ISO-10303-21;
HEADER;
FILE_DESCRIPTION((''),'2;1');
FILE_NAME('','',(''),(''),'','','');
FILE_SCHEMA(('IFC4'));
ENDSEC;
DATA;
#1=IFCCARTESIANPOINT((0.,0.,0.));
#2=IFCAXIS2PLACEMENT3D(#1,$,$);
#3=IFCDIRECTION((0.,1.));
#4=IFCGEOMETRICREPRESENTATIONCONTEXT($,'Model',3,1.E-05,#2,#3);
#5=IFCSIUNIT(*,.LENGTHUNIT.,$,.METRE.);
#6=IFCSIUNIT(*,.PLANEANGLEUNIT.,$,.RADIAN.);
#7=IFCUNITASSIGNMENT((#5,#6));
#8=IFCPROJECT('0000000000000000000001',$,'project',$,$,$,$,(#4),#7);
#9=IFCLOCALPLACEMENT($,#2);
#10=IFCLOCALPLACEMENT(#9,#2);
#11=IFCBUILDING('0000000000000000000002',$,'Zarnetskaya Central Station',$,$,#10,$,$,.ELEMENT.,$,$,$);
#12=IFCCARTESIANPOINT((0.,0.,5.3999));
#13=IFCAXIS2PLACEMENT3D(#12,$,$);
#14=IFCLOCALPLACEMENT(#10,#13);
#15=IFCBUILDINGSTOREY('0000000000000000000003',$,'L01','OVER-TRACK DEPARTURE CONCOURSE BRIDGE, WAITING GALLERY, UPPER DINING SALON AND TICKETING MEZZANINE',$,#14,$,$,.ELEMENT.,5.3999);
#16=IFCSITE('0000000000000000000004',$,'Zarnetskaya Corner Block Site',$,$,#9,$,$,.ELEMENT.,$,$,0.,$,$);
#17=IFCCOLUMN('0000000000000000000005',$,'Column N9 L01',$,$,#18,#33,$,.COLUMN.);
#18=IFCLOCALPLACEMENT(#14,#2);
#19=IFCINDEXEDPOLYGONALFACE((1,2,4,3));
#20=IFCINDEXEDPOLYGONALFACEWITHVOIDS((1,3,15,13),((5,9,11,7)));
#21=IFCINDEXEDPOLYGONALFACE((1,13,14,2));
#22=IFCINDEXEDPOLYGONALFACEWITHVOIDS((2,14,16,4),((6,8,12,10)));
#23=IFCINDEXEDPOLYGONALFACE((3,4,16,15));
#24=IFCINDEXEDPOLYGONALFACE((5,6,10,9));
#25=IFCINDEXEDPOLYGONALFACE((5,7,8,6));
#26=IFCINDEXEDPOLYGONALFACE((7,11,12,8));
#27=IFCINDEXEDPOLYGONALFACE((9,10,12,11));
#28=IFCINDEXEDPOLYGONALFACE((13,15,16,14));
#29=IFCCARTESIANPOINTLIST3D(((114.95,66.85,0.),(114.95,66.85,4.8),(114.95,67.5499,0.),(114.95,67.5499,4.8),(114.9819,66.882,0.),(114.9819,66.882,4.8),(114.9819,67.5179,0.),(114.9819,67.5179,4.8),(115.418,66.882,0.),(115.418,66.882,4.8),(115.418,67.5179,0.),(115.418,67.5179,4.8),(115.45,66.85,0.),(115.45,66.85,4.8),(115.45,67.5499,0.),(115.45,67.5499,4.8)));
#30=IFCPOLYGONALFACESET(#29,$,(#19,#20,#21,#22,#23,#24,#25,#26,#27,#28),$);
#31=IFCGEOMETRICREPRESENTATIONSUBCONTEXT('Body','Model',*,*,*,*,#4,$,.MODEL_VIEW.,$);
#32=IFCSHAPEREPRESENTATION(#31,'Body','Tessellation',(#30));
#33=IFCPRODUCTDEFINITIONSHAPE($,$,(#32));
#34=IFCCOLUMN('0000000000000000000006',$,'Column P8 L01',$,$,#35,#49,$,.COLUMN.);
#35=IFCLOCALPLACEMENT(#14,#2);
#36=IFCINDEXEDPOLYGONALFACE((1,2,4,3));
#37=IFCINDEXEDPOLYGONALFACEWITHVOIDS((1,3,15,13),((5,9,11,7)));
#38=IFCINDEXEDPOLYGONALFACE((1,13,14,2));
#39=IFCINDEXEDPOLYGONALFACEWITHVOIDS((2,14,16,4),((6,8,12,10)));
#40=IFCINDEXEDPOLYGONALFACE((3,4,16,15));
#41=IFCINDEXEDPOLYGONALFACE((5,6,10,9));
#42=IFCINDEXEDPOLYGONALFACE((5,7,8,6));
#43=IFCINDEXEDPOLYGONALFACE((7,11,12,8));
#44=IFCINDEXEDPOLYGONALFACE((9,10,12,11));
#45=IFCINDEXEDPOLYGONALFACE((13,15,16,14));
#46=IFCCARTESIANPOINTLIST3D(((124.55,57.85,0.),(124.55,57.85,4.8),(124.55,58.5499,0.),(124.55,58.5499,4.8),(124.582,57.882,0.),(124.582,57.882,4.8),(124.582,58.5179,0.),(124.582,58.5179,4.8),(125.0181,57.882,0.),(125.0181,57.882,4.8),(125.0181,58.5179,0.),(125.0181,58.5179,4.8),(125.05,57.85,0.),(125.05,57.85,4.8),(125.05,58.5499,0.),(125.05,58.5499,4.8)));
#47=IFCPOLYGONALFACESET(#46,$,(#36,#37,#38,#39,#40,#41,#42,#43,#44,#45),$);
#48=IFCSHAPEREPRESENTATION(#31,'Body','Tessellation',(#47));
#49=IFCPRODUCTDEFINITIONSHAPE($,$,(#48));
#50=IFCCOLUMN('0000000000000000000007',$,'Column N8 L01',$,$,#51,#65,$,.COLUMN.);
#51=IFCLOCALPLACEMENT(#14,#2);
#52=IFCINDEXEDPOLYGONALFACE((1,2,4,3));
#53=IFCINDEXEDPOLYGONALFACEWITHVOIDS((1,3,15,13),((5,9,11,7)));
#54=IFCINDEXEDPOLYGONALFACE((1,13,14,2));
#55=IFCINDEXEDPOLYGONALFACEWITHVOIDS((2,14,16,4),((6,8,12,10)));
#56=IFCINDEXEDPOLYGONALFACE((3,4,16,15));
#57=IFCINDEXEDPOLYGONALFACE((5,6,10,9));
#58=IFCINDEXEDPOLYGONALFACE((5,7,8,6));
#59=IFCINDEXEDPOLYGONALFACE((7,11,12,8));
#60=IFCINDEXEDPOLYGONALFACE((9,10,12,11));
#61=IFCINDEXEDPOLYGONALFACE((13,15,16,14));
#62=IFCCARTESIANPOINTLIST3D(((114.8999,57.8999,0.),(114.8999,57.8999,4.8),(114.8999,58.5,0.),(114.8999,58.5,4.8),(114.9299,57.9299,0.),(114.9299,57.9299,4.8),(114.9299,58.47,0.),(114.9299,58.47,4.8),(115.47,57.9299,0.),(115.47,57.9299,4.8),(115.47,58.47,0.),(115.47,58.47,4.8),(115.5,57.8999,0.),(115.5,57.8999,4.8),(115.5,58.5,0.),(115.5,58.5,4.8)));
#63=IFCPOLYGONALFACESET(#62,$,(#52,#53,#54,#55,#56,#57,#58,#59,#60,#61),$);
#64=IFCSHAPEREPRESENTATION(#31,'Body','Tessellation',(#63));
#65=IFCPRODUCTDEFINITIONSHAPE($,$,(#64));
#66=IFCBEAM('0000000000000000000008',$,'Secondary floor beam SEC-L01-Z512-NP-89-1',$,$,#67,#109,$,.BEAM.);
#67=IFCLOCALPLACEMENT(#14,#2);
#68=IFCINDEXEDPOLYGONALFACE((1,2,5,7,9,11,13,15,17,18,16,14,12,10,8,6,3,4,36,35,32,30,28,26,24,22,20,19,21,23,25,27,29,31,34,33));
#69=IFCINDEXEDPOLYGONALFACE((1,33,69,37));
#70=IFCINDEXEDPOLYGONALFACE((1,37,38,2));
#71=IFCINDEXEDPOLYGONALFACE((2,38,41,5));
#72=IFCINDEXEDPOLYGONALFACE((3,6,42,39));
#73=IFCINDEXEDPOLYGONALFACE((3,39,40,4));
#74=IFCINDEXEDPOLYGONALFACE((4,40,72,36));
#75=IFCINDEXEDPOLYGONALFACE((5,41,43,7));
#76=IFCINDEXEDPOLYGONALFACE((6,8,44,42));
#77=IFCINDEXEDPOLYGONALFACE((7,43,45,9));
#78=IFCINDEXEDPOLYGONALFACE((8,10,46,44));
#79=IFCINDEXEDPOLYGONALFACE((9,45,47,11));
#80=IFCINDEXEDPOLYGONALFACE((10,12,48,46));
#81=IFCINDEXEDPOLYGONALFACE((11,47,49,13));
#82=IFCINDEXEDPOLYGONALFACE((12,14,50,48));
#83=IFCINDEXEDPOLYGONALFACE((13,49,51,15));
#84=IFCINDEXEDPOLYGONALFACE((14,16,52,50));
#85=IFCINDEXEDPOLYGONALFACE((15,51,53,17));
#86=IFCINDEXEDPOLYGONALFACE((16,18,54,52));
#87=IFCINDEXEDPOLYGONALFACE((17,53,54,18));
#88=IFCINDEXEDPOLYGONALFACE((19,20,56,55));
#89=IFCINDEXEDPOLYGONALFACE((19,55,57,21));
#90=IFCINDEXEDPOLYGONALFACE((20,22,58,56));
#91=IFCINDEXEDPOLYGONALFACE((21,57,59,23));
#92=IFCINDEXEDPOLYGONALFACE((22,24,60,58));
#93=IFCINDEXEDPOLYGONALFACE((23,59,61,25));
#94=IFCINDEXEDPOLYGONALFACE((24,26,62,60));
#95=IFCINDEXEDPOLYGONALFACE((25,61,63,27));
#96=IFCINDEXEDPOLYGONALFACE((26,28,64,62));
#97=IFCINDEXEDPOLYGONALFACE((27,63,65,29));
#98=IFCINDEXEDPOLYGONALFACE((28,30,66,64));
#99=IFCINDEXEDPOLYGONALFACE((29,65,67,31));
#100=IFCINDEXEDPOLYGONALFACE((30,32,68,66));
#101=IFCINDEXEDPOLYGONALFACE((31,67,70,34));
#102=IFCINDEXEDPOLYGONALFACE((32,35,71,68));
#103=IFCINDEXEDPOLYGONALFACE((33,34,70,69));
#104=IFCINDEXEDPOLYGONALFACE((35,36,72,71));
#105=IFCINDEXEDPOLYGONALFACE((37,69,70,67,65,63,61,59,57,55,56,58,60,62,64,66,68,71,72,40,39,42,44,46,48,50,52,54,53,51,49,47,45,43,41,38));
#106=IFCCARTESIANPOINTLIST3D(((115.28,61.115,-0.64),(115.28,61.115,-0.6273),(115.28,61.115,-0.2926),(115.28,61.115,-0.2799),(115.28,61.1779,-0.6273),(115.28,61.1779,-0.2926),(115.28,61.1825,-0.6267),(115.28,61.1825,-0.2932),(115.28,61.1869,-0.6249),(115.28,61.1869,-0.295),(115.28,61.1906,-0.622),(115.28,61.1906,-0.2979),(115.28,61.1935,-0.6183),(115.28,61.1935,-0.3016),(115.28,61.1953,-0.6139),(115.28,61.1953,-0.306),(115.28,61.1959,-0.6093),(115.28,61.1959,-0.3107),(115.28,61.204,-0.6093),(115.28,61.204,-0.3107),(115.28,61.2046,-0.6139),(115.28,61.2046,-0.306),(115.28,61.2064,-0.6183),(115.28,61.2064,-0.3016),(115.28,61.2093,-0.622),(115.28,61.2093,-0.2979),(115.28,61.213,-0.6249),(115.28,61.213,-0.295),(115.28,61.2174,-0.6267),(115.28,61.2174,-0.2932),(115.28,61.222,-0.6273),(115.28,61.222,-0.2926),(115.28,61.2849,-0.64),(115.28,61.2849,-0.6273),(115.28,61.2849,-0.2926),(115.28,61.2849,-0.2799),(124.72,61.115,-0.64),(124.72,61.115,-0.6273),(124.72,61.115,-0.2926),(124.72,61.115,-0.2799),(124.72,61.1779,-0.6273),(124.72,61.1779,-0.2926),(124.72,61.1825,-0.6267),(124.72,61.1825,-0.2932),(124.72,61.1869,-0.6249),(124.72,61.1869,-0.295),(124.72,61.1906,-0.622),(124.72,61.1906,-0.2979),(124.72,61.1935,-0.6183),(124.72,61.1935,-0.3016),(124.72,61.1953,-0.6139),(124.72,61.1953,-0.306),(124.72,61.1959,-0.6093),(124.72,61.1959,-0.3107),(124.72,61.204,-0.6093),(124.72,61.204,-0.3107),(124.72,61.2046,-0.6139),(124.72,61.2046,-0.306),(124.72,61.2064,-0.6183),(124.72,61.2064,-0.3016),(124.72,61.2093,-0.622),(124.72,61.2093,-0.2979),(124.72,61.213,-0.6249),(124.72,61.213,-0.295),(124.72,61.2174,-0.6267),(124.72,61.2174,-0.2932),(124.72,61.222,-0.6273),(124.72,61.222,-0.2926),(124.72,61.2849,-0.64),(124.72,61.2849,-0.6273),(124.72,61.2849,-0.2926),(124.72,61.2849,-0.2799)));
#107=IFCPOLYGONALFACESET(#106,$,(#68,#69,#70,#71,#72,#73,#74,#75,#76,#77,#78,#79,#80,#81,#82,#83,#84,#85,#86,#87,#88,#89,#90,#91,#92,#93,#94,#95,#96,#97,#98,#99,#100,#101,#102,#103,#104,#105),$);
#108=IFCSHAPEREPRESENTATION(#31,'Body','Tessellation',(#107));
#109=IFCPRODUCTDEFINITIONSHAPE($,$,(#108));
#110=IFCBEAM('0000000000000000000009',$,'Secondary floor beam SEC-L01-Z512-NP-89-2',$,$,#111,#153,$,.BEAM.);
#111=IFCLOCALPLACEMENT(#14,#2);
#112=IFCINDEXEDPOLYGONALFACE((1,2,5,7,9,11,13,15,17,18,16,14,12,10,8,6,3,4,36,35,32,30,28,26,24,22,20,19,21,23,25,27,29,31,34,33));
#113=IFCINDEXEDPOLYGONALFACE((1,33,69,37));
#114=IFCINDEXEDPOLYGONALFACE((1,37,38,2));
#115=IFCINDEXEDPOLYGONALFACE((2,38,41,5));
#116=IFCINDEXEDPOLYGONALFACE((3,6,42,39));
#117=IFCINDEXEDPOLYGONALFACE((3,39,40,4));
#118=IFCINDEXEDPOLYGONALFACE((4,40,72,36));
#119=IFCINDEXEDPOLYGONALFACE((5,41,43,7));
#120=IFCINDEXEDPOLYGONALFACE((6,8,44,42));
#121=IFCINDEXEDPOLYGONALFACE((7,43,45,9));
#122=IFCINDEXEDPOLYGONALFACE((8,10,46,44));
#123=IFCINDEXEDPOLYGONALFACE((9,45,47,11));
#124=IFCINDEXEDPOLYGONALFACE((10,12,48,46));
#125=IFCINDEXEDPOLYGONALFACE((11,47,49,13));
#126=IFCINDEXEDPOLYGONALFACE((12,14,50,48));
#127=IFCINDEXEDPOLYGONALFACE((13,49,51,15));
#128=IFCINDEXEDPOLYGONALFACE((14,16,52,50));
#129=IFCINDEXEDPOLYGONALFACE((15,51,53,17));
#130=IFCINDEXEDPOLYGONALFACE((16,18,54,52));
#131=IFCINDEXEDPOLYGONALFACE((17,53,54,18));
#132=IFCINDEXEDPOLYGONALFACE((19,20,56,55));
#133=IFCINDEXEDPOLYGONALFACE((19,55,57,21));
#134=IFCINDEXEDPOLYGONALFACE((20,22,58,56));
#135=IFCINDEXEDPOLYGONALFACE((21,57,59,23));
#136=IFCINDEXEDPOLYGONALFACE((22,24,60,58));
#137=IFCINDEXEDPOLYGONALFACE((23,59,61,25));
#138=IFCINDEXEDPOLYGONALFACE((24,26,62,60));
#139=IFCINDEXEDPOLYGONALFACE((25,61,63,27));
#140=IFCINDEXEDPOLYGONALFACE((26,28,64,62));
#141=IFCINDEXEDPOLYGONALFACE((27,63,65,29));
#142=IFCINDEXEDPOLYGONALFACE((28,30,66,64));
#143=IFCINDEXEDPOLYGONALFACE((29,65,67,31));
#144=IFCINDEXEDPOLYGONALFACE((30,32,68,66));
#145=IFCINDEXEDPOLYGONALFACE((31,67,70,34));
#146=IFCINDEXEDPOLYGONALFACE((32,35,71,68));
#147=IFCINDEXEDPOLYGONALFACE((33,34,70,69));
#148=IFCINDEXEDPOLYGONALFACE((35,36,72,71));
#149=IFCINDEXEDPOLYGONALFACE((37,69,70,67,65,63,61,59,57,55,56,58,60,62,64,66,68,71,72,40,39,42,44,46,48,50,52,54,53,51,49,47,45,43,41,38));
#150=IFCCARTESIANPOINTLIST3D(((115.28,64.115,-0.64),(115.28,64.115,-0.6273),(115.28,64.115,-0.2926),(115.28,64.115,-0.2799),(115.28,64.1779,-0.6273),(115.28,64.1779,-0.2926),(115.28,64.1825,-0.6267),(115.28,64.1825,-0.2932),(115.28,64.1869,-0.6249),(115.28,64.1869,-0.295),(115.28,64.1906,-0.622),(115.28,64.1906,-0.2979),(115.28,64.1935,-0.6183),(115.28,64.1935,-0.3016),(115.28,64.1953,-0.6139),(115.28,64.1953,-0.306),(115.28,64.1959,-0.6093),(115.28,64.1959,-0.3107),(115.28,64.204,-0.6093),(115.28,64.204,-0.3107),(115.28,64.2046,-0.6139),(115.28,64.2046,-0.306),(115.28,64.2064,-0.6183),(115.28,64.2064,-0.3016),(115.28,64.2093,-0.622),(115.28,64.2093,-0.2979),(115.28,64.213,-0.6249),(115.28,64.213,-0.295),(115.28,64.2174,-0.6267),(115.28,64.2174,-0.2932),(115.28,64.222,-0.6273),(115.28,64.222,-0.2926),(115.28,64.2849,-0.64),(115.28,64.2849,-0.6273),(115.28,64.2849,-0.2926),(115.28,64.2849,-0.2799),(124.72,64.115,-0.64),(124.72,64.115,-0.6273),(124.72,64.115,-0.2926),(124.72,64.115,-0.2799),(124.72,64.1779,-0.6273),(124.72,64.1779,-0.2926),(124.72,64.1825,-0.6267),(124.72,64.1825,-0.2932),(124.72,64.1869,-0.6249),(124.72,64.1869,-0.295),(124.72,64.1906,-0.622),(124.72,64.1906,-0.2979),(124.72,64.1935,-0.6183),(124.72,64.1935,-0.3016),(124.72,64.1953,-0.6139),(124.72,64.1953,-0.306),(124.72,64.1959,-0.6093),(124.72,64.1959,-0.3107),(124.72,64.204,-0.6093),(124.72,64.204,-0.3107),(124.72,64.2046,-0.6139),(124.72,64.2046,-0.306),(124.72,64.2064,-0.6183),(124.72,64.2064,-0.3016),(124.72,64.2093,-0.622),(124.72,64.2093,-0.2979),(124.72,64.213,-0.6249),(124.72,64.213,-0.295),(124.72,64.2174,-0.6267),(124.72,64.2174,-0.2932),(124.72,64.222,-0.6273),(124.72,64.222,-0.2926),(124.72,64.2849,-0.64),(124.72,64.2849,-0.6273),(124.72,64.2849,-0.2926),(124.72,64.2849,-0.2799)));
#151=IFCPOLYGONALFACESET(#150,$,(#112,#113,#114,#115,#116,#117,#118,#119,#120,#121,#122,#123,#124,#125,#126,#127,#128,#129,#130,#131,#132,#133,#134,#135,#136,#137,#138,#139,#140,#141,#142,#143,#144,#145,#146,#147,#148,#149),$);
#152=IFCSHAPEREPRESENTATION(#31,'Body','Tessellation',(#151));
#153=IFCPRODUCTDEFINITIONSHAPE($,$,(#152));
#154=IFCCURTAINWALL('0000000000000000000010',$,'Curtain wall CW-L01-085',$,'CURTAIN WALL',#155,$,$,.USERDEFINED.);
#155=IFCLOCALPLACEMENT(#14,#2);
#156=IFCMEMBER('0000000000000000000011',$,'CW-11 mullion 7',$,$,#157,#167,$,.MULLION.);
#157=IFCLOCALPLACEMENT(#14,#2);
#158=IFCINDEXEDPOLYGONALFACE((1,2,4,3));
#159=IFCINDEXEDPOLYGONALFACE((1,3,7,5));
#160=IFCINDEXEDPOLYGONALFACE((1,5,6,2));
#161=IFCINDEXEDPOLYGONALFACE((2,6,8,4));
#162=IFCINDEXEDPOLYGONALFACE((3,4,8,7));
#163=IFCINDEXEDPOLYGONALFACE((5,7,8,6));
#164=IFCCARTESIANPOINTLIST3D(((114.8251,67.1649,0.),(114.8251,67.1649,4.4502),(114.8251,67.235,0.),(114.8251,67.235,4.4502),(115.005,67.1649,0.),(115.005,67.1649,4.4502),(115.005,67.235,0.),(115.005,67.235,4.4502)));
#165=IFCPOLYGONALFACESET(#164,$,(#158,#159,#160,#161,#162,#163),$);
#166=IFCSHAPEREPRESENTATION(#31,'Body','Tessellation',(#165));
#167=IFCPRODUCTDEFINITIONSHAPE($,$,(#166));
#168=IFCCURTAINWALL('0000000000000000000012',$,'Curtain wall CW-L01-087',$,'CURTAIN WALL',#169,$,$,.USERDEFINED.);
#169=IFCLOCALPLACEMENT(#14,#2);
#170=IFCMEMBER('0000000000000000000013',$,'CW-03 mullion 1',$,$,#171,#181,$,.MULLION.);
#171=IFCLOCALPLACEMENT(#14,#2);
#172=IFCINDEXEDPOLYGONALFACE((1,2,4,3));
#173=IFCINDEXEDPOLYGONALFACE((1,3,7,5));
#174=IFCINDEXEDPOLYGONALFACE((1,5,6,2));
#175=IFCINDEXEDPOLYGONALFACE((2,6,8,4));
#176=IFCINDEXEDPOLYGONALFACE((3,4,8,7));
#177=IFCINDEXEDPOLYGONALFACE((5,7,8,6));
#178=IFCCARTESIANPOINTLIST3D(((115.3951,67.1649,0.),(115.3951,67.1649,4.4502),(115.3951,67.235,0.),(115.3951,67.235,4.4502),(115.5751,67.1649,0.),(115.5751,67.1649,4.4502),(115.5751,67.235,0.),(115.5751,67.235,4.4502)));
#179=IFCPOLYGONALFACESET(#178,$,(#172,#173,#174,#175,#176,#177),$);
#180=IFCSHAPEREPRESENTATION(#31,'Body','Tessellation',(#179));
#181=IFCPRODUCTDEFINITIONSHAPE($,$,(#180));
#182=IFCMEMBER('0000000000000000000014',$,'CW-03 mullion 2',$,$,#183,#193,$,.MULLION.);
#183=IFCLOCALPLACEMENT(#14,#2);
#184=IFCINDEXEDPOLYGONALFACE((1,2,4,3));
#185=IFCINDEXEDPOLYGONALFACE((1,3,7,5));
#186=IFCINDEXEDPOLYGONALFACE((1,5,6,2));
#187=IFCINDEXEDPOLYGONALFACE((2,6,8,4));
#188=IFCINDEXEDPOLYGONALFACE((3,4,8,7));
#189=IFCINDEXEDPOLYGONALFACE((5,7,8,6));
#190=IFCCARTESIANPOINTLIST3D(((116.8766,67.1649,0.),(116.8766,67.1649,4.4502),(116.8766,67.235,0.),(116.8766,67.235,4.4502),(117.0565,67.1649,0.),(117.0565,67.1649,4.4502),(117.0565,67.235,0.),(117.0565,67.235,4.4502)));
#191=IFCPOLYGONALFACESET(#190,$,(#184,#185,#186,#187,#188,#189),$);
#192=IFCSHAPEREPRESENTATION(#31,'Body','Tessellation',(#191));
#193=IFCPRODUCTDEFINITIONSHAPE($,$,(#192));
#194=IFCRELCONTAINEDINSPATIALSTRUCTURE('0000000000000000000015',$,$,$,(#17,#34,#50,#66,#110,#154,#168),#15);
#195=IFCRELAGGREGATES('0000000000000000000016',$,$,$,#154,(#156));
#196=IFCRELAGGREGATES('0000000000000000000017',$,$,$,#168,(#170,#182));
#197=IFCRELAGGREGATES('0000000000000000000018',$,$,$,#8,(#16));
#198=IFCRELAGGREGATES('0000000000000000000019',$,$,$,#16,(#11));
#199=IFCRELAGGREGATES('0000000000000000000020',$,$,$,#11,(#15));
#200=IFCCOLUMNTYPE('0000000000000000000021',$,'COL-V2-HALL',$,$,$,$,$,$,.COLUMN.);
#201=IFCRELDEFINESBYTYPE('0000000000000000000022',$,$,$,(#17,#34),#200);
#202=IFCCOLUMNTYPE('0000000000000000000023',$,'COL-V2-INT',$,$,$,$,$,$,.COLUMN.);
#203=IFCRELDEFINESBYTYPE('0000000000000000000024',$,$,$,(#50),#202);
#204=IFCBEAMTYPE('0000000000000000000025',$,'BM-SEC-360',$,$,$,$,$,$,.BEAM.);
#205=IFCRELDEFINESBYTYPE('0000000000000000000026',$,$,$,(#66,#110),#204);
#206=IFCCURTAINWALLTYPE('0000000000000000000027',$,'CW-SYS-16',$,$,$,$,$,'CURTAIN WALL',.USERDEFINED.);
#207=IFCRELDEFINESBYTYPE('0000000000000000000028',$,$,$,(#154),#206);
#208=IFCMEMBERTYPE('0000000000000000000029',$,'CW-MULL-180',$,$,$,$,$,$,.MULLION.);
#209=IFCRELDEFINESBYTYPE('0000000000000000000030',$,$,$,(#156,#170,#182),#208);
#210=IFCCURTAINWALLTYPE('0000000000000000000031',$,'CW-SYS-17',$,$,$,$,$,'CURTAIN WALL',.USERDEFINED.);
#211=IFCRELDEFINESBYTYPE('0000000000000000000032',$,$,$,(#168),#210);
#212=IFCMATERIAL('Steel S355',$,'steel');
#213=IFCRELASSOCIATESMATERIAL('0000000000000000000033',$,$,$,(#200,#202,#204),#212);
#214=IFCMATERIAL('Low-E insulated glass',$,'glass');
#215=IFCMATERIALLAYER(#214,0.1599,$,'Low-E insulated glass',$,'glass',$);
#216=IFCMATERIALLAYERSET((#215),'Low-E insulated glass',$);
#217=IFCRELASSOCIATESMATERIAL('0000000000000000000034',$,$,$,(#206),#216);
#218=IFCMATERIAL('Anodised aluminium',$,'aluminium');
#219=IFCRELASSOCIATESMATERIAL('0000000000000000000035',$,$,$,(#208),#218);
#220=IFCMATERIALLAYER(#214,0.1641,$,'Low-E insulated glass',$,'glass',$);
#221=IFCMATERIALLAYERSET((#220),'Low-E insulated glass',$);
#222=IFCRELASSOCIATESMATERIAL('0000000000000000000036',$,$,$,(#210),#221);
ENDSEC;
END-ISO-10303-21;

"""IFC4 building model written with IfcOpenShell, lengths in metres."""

from ifc_helpers import new_model, si_unit, direction, frame, origin, origin_2d, place, context, subcontext, project, spatial, rectangle, hollow_rectangle, i_section, extrude, material, layer, layer_set, material_profile, profile_set, type_object, element, aggregate, save


model = new_model("IFC4")

# Units and contexts
model_context = context("Model", 3, precision=1e-05, world=origin(), true_north=direction((0.0, 1.0)))
body_context = subcontext(model_context, "Body", "Model", "MODEL_VIEW")
ifc_project = project(units=[si_unit("LENGTHUNIT", "METRE"), si_unit("PLANEANGLEUNIT", "RADIAN")], contexts=[model_context])

# Site, building, storey
site_placement = place(None, origin())
site = spatial("IfcSite", under=ifc_project, at=site_placement, Name="Zarnetskaya Corner Block Site", CompositionType="ELEMENT", RefElevation=0.0)
building_placement = place(site_placement, origin())
building = spatial("IfcBuilding", under=site, at=building_placement, Name="Zarnetskaya Central Station", CompositionType="ELEMENT")
storey_placement = place(building_placement, frame((0.0, 0.0, 5.3999)))
storey = spatial("IfcBuildingStorey", under=building, at=storey_placement, Name="L01", Description="OVER-TRACK DEPARTURE CONCOURSE BRIDGE, WAITING GALLERY, UPPER DINING SALON AND TICKETING MEZZANINE", CompositionType="ELEMENT", Elevation=5.3999)

# Columns
ifc_material_1 = material(Name="Steel S355", Category="steel")
ifc_material_profile_1 = material_profile(ifc_material_1, hollow_rectangle(XDim=0.5, YDim=0.7, WallThickness=0.032, at=origin_2d()), Name="BOX 700x500x32")
ifc_profile_set_1 = profile_set([ifc_material_profile_1], Name="Steel S355")
column_type_1 = type_object("IfcColumnType", Name="COL-V2-HALL", PredefinedType="COLUMN", material=ifc_profile_set_1)
for number, where, z_axis, x_axis, name in (
    (1, (115.2, 67.2, 0.0), (0.0, 0.0, 1.0), (1.0, 0.0, 0.0), "Column N9 L01"),
    (2, (124.8, 58.2, 0.0), (0.0, 0.0, 1.0), (1.0, 0.0, 0.0), "Column P8 L01"),
):
    element("IfcColumn", number, at=place(storey_placement, frame(where, z_axis=z_axis, x_axis=x_axis)), inside=storey, type_object=column_type_1, Name=name, PredefinedType="COLUMN", context=body_context, shape_type="SweptSolid", body=[
        extrude(hollow_rectangle(XDim=0.5, YDim=0.7, WallThickness=0.032, at=origin_2d()), origin(), (0.0, 0.0, 1.0), 4.8),
    ])
ifc_material_profile_2 = material_profile(ifc_material_1, hollow_rectangle(XDim=0.6001, YDim=0.6001, WallThickness=0.03, at=origin_2d()), Name="BOX 600x600x30")
ifc_profile_set_2 = profile_set([ifc_material_profile_2], Name="Steel S355")
column_type_2 = type_object("IfcColumnType", Name="COL-V2-INT", PredefinedType="COLUMN", material=ifc_profile_set_2)
column_placement = place(storey_placement, frame((115.2, 58.2, 0.0), z_axis=(0.0, 0.0, 1.0), x_axis=(1.0, 0.0, 0.0)))
element("IfcColumn", 3, at=column_placement, inside=storey, type_object=column_type_2, Name="Column N8 L01", PredefinedType="COLUMN", context=body_context, shape_type="SweptSolid", body=[
    extrude(hollow_rectangle(XDim=0.6001, YDim=0.6001, WallThickness=0.03, at=origin_2d()), origin(), (0.0, 0.0, 1.0), 4.8),
])

# Beams
ifc_material_profile_3 = material_profile(ifc_material_1, i_section(OverallWidth=0.1699, OverallDepth=0.3601, WebThickness=0.0081, FlangeThickness=0.0127, FilletRadius=0.0181, at=origin_2d()), Name="IPE 360")
ifc_profile_set_3 = profile_set([ifc_material_profile_3], Name="Steel S355")
beam_type_1 = type_object("IfcBeamType", Name="BM-SEC-360", PredefinedType="BEAM", material=ifc_profile_set_3)
for number, where, z_axis, x_axis, name in (
    (4, (115.28, 61.2, -0.46), (1.0, 0.0, 0.0), (0.0, 1.0, 0.0), "Secondary floor beam SEC-L01-Z512-NP-89-1"),
    (5, (115.28, 64.2, -0.46), (1.0, 0.0, 0.0), (0.0, 1.0, 0.0), "Secondary floor beam SEC-L01-Z512-NP-89-2"),
):
    element("IfcBeam", number, at=place(storey_placement, frame(where, z_axis=z_axis, x_axis=x_axis)), inside=storey, type_object=beam_type_1, Name=name, PredefinedType="BEAM", context=body_context, shape_type="SweptSolid", body=[
        extrude(i_section(OverallWidth=0.1699, OverallDepth=0.3601, WebThickness=0.0081, FlangeThickness=0.0127, FilletRadius=0.0181, at=origin_2d()), origin(), (0.0, 0.0, 1.0), 9.4399),
    ])

# Curtain wall, member
ifc_material_2 = material(Name="Low-E insulated glass", Category="glass")
ifc_layer_1 = layer(ifc_material_2, 0.1599, Name="Low-E insulated glass", Category="glass")
ifc_layer_set_1 = layer_set([ifc_layer_1], Name="Low-E insulated glass")
curtain_wall_type_1 = type_object("IfcCurtainWallType", Name="CW-SYS-16", ElementType="CURTAIN WALL", PredefinedType="USERDEFINED", material=ifc_layer_set_1)
curtain_wall_1_placement = place(storey_placement, origin())
curtain_wall_1 = element("IfcCurtainWall", 6, at=curtain_wall_1_placement, inside=storey, type_object=curtain_wall_type_1, Name="Curtain wall CW-L01-085", ObjectType="CURTAIN WALL", PredefinedType="USERDEFINED")
ifc_material_3 = material(Name="Anodised aluminium", Category="aluminium")
ifc_material_profile_4 = material_profile(ifc_material_3, rectangle(XDim=0.0701, YDim=0.1799, at=origin_2d()), Name="ALU MULL 70x180")
ifc_profile_set_4 = profile_set([ifc_material_profile_4], Name="Anodised aluminium")
member_type_1 = type_object("IfcMemberType", Name="CW-MULL-180", PredefinedType="MULLION", material=ifc_profile_set_4)
member_1_placement = place(storey_placement, frame((114.915, 67.2, 0.0), z_axis=(0.0, 0.0, 1.0), x_axis=(0.0, 1.0, 0.0)))
member_1 = element("IfcMember", 7, at=member_1_placement, type_object=member_type_1, Name="CW-11 mullion 7", PredefinedType="MULLION", context=body_context, shape_type="SweptSolid", body=[
    extrude(rectangle(XDim=0.0701, YDim=0.1799, at=origin_2d()), origin(), (0.0, 0.0, 1.0), 4.4502),
])

# Curtain wall, members
ifc_layer_2 = layer(ifc_material_2, 0.1641, Name="Low-E insulated glass", Category="glass")
ifc_layer_set_2 = layer_set([ifc_layer_2], Name="Low-E insulated glass")
curtain_wall_type_2 = type_object("IfcCurtainWallType", Name="CW-SYS-17", ElementType="CURTAIN WALL", PredefinedType="USERDEFINED", material=ifc_layer_set_2)
curtain_wall_2_placement = place(storey_placement, origin())
curtain_wall_2 = element("IfcCurtainWall", 8, at=curtain_wall_2_placement, inside=storey, type_object=curtain_wall_type_2, Name="Curtain wall CW-L01-087", ObjectType="CURTAIN WALL", PredefinedType="USERDEFINED")
member_2_placement = place(storey_placement, frame((115.4851, 67.2, 0.0), z_axis=(0.0, 0.0, 1.0), x_axis=(0.0, 1.0, 0.0)))
member_2 = element("IfcMember", 9, at=member_2_placement, type_object=member_type_1, Name="CW-03 mullion 1", PredefinedType="MULLION", context=body_context, shape_type="SweptSolid", body=[
    extrude(rectangle(XDim=0.0701, YDim=0.1799, at=origin_2d()), origin(), (0.0, 0.0, 1.0), 4.4502),
])
member_3_placement = place(storey_placement, frame((116.9666, 67.2, 0.0), z_axis=(0.0, 0.0, 1.0), x_axis=(0.0, 1.0, 0.0)))
member_3 = element("IfcMember", 10, at=member_3_placement, type_object=member_type_1, Name="CW-03 mullion 2", PredefinedType="MULLION", context=body_context, shape_type="SweptSolid", body=[
    extrude(rectangle(XDim=0.0701, YDim=0.1799, at=origin_2d()), origin(), (0.0, 0.0, 1.0), 4.4502),
])

aggregate(curtain_wall_1, [member_1])
aggregate(curtain_wall_2, [member_2, member_3])

save(model, "model.ifc")
